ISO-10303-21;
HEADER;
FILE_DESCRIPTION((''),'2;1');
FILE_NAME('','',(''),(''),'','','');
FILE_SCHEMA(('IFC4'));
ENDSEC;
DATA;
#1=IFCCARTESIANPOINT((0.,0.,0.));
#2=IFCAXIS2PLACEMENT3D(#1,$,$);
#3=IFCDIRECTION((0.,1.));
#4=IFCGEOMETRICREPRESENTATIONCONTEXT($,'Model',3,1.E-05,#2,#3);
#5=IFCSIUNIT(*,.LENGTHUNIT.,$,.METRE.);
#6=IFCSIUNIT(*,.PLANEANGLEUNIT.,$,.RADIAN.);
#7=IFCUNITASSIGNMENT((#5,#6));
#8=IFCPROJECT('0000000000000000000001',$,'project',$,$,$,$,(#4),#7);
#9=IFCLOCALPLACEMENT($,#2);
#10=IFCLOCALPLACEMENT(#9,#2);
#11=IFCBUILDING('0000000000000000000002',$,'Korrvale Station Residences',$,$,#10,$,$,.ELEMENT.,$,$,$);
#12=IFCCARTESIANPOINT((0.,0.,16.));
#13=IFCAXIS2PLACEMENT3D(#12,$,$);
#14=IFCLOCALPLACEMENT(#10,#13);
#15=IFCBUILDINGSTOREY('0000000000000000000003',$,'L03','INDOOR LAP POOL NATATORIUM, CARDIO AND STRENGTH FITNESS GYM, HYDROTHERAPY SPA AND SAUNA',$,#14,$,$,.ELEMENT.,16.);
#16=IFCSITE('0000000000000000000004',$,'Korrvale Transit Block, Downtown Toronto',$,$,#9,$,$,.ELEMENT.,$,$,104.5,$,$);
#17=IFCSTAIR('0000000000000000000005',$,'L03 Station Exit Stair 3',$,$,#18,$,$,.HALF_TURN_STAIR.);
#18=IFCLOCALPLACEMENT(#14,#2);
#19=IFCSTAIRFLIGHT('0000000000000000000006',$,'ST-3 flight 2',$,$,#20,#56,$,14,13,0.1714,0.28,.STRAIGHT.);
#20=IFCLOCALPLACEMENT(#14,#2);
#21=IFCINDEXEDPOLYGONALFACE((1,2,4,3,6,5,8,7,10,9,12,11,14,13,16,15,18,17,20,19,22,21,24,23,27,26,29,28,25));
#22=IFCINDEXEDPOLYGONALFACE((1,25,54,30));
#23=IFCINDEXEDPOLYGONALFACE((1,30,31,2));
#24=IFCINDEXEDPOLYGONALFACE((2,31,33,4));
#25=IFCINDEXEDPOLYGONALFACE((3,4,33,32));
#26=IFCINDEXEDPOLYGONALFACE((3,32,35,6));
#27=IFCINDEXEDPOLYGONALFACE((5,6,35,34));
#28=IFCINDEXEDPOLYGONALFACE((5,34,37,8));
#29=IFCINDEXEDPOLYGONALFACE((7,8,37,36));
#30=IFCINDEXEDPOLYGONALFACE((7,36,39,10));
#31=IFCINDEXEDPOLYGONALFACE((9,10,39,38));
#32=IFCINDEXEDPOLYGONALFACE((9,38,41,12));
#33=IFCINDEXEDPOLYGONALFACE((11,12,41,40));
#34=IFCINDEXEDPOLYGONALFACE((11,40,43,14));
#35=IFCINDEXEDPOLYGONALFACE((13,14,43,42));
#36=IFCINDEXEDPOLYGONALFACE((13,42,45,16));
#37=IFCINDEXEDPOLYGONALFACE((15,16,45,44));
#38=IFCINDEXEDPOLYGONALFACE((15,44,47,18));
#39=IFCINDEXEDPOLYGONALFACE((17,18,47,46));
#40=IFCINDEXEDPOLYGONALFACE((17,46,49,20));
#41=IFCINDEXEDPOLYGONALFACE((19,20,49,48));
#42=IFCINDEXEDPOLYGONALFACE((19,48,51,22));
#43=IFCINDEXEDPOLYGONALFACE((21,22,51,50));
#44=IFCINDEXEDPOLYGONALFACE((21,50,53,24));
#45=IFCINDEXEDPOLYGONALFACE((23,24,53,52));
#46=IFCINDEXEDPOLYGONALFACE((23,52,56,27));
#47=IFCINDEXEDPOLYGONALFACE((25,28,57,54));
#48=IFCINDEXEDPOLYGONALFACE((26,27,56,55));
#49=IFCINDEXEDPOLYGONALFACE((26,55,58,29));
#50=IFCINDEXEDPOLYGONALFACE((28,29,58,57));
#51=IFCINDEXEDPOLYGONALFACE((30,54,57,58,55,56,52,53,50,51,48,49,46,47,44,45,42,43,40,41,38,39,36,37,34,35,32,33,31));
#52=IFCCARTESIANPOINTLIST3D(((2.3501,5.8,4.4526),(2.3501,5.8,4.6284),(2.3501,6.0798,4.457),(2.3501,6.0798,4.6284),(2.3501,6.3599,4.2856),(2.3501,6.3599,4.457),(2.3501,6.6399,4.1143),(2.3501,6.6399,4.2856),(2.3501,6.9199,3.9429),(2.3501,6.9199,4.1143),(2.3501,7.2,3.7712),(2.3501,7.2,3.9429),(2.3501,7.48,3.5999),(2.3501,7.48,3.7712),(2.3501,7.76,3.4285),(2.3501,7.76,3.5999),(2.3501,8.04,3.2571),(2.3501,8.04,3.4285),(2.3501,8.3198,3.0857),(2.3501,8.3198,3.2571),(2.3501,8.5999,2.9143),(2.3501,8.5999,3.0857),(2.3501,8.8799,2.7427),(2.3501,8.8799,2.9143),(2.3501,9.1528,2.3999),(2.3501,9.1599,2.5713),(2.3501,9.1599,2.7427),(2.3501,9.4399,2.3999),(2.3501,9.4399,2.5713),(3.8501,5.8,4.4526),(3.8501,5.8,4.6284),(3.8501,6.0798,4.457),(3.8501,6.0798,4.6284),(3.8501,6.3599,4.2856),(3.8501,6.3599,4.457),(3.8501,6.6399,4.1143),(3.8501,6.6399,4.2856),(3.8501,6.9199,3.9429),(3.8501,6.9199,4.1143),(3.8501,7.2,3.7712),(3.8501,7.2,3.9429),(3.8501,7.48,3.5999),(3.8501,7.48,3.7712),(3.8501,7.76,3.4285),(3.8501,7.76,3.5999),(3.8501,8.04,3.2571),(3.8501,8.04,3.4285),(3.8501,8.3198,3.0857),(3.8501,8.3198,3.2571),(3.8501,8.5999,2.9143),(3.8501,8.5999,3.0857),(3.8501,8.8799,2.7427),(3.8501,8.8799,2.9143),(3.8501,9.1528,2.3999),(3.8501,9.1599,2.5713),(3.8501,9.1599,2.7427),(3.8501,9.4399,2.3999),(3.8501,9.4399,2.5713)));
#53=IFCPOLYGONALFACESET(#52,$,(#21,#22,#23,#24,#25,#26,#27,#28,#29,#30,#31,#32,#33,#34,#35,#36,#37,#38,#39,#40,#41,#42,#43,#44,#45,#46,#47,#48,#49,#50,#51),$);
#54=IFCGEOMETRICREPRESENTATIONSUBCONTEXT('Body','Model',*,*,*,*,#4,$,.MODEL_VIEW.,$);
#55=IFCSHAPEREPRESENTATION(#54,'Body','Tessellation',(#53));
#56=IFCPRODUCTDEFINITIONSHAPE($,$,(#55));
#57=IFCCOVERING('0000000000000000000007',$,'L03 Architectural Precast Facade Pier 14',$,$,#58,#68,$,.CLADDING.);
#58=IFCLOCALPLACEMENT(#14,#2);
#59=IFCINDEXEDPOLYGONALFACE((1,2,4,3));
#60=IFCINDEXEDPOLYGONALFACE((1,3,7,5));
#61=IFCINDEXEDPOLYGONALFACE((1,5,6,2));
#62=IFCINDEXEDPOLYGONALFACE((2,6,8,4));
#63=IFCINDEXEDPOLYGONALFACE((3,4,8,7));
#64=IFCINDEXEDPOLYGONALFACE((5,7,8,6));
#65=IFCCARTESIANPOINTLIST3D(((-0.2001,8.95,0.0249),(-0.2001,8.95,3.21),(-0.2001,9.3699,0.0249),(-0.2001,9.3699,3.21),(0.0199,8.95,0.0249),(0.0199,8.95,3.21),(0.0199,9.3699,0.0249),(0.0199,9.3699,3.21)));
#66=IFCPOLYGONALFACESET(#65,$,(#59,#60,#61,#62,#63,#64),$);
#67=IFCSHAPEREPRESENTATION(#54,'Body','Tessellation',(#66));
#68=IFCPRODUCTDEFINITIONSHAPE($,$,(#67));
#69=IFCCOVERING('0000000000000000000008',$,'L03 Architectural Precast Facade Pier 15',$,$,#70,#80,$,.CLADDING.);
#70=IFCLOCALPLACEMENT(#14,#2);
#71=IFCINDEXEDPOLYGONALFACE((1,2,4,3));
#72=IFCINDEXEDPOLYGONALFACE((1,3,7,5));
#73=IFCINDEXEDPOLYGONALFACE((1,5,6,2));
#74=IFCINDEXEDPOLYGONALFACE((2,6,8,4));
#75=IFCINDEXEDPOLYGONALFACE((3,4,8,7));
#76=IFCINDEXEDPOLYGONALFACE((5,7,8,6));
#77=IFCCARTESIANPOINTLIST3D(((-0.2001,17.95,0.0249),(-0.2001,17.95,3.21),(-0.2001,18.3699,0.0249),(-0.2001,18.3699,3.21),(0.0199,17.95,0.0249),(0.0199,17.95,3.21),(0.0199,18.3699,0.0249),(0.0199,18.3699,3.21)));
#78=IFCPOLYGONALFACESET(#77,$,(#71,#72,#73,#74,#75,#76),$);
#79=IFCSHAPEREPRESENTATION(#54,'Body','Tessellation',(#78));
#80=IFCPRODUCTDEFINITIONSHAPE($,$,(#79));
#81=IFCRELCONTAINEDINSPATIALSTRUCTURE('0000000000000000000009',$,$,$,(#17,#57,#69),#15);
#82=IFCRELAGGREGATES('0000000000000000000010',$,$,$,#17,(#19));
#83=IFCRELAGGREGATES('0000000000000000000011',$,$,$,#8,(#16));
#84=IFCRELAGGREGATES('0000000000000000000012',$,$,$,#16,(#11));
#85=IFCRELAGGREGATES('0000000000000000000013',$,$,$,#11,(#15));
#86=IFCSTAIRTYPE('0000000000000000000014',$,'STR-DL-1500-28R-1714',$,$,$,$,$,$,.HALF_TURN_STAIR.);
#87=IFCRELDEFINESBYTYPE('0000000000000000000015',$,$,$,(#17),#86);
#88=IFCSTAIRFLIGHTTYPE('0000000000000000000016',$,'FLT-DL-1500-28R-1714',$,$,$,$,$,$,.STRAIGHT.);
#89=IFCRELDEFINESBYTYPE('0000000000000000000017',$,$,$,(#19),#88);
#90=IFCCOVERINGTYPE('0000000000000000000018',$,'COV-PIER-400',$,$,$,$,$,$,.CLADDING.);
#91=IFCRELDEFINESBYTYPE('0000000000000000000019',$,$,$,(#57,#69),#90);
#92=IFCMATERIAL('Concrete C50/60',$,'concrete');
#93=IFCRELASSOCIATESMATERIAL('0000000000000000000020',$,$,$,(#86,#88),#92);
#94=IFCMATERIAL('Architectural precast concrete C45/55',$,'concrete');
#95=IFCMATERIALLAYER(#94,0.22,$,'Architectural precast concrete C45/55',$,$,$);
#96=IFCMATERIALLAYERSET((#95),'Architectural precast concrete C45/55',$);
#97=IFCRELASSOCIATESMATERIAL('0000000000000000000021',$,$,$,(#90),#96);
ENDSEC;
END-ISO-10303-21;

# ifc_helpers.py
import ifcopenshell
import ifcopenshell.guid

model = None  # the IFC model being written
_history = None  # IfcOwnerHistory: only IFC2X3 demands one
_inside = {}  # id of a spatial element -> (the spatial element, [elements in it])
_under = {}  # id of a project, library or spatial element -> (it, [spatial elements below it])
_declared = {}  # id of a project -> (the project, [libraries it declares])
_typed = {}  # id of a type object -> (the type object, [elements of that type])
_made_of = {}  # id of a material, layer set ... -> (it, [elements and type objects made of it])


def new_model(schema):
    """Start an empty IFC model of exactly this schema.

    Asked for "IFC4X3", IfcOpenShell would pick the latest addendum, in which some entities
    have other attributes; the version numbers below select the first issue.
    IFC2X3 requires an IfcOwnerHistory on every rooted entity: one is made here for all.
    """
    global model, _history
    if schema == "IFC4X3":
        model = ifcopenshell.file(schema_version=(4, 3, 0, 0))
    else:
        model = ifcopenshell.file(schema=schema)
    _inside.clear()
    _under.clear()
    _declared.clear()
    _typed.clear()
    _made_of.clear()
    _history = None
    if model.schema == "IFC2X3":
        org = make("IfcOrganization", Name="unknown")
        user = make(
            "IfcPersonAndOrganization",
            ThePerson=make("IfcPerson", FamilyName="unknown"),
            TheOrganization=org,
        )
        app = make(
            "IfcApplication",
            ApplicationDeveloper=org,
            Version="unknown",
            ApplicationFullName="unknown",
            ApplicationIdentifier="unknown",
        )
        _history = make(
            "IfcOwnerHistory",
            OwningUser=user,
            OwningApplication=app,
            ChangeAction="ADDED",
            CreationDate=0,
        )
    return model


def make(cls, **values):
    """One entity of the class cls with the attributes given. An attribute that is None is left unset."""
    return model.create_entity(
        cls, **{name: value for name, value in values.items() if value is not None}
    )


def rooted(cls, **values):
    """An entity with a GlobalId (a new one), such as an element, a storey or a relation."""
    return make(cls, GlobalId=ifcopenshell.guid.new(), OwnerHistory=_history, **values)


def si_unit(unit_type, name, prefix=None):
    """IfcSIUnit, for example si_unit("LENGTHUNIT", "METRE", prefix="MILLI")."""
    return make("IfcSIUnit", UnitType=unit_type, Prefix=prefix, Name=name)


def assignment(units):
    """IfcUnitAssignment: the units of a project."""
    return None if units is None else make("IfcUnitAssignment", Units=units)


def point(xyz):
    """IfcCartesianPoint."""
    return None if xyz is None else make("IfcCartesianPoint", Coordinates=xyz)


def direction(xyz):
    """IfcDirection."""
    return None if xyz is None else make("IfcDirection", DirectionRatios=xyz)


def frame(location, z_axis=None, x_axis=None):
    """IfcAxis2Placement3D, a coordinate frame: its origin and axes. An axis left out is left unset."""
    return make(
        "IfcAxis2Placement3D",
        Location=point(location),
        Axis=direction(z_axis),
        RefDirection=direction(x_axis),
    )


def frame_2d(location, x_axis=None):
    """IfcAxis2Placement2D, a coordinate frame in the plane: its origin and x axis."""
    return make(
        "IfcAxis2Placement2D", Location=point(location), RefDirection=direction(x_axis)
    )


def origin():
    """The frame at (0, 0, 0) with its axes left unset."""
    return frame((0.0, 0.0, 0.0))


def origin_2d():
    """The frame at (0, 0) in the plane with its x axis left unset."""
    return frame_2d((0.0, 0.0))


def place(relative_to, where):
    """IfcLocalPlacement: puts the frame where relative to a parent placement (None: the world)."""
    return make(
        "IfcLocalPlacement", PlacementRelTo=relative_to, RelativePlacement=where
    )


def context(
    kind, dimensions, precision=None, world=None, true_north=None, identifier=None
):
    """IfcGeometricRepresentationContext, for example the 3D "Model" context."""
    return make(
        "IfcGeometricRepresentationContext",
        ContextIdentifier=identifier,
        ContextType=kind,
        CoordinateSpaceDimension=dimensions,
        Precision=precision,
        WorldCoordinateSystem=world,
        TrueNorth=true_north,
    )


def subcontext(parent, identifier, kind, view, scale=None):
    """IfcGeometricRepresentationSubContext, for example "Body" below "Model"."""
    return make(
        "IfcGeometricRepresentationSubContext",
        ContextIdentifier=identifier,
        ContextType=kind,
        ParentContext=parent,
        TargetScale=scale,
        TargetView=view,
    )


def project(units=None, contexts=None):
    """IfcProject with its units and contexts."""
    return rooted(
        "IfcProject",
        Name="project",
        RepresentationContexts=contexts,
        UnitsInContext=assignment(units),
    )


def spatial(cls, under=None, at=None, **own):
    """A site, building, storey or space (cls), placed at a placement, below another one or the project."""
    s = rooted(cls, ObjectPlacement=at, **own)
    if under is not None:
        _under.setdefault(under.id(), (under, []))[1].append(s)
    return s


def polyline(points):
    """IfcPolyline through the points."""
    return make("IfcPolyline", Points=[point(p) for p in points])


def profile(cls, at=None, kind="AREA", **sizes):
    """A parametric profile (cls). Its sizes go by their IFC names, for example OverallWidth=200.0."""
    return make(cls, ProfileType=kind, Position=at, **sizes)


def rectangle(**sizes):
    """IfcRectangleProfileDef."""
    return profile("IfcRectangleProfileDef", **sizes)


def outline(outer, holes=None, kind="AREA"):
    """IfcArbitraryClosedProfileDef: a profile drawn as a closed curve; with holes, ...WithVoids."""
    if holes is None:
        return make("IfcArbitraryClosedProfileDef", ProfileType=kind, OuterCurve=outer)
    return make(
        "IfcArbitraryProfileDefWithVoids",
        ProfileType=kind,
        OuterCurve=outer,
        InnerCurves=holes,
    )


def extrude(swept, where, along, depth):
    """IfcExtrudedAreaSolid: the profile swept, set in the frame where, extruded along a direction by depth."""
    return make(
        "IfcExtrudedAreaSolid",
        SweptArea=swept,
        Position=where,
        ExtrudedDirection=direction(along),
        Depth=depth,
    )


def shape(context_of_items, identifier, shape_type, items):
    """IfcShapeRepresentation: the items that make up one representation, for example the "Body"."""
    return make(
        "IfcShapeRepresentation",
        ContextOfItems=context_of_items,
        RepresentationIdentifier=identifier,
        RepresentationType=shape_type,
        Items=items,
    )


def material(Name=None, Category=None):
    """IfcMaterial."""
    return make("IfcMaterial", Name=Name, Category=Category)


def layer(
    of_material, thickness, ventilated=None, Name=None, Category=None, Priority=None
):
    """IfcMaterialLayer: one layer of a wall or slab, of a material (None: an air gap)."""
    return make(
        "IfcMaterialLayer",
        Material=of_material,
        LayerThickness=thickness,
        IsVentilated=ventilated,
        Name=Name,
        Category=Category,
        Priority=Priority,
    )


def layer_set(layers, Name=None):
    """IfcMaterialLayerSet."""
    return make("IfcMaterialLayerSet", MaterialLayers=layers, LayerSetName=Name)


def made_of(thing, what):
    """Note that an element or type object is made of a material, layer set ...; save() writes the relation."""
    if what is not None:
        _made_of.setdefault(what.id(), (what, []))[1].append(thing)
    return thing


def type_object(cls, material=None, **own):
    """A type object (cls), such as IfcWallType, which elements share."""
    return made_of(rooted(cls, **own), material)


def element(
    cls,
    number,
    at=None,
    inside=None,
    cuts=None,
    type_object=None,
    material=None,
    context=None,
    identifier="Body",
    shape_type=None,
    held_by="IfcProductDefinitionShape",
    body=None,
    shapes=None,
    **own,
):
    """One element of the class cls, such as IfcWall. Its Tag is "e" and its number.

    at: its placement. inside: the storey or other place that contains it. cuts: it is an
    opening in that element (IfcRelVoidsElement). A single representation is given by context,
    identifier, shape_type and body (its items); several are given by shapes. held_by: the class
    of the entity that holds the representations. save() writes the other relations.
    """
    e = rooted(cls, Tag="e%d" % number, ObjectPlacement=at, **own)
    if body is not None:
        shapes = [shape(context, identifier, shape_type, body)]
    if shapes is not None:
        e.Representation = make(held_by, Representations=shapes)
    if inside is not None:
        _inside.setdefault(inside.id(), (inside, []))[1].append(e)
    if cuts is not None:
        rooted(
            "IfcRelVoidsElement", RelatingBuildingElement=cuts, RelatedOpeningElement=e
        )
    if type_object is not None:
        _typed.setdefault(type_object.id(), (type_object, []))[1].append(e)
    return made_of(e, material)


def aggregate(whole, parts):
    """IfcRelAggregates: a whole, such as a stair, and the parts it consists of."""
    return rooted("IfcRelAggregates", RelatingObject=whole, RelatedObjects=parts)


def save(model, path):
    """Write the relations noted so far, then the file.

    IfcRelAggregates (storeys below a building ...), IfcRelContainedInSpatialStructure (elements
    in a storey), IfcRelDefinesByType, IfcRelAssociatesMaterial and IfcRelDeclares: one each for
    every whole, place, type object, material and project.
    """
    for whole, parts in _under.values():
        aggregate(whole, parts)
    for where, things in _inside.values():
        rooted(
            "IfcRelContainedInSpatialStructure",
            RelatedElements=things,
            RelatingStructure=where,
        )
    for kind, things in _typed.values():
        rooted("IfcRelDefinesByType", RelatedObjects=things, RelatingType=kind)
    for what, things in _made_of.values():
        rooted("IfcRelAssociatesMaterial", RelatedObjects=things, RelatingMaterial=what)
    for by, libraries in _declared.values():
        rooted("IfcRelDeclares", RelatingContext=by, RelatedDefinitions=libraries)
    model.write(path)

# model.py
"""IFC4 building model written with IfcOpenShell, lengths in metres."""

from ifc_helpers import new_model, si_unit, direction, frame, origin, origin_2d, place, context, subcontext, project, spatial, polyline, rectangle, outline, extrude, material, layer, layer_set, type_object, element, aggregate, save


model = new_model("IFC4")

# Units and contexts
model_context = context("Model", 3, precision=1e-05, world=origin(), true_north=direction((0.0, 1.0)))
body_context = subcontext(model_context, "Body", "Model", "MODEL_VIEW")
ifc_project = project(units=[si_unit("LENGTHUNIT", "METRE"), si_unit("PLANEANGLEUNIT", "RADIAN")], contexts=[model_context])

# Site, building, storey
site_placement = place(None, origin())
site = spatial("IfcSite", under=ifc_project, at=site_placement, Name="Korrvale Transit Block, Downtown Toronto", CompositionType="ELEMENT", RefElevation=104.5)
building_placement = place(site_placement, origin())
building = spatial("IfcBuilding", under=site, at=building_placement, Name="Korrvale Station Residences", CompositionType="ELEMENT")
storey_placement = place(building_placement, frame((0.0, 0.0, 16.0)))
storey = spatial("IfcBuildingStorey", under=building, at=storey_placement, Name="L03", Description="INDOOR LAP POOL NATATORIUM, CARDIO AND STRENGTH FITNESS GYM, HYDROTHERAPY SPA AND SAUNA", CompositionType="ELEMENT", Elevation=16.0)

# Stair, stair flight
ifc_material_1 = material(Name="Concrete C50/60", Category="concrete")
stair_type = type_object("IfcStairType", Name="STR-DL-1500-28R-1714", PredefinedType="HALF_TURN_STAIR", material=ifc_material_1)
stair_placement = place(storey_placement, origin())
stair = element("IfcStair", 1, at=stair_placement, inside=storey, type_object=stair_type, Name="L03 Station Exit Stair 3", PredefinedType="HALF_TURN_STAIR")
stair_flight_type = type_object("IfcStairFlightType", Name="FLT-DL-1500-28R-1714", PredefinedType="STRAIGHT", material=ifc_material_1)
stair_flight_1_placement = place(storey_placement, frame((3.1001, 9.4399, 2.3999), z_axis=(0.0, 0.0, 1.0), x_axis=(0.0, -1.0, 0.0)))
stair_flight_1 = element("IfcStairFlight", 2, at=stair_flight_1_placement, type_object=stair_flight_type, Name="ST-3 flight 2", NumberOfRisers=14, NumberOfTreads=13, PredefinedType="STRAIGHT", RiserHeight=0.1714, TreadLength=0.28, context=body_context, shape_type="SweptSolid", body=[
    extrude(outline(polyline([(0.0, 0.0), (0.0, 0.1714), (0.28, 0.1714), (0.28, 0.3428), (0.5601, 0.3428), (0.5601, 0.5144), (0.8401, 0.5144), (0.8401, 0.6858), (1.1201, 0.6858), (1.1201, 0.8572), (1.3999, 0.8572), (1.3999, 1.0286), (1.6799, 1.0286), (1.6799, 1.2), (1.96, 1.2), (1.96, 1.3713), (2.24, 1.3713), (2.24, 1.543), (2.52, 1.543), (2.52, 1.7144), (2.8, 1.7144), (2.8, 1.8857), (3.0801, 1.8857), (3.0801, 2.0571), (3.3601, 2.0571), (3.3601, 2.2285), (3.6399, 2.2285), (3.6399, 2.3999), (3.6399, 2.0527), (0.2871, 0.0), (0.0, 0.0)])), frame((0.0, 0.75, 0.0), z_axis=(0.0, -1.0, 0.0), x_axis=(1.0, 0.0, 0.0)), (0.0, 0.0, 1.0), 1.5),
])
aggregate(stair, [stair_flight_1])

# Coverings
ifc_material_2 = material(Name="Architectural precast concrete C45/55", Category="concrete")
ifc_layer_1 = layer(ifc_material_2, 0.22, Name="Architectural precast concrete C45/55")
ifc_layer_set_1 = layer_set([ifc_layer_1], Name="Architectural precast concrete C45/55")
covering_type = type_object("IfcCoveringType", Name="COV-PIER-400", PredefinedType="CLADDING", material=ifc_layer_set_1)
for number, where, z_axis, x_axis, name in (
    (3, (-0.0901, 9.1599, 0.0249), (0.0, 0.0, 1.0), (0.0, 1.0, 0.0), "L03 Architectural Precast Facade Pier 14"),
    (4, (-0.0901, 18.1599, 0.0249), (0.0, 0.0, 1.0), (0.0, 1.0, 0.0), "L03 Architectural Precast Facade Pier 15"),
):
    element("IfcCovering", number, at=place(storey_placement, frame(where, z_axis=z_axis, x_axis=x_axis)), inside=storey, type_object=covering_type, Name=name, PredefinedType="CLADDING", context=body_context, shape_type="SweptSolid", body=[
        extrude(rectangle(XDim=0.4199, YDim=0.22, at=origin_2d()), origin(), (0.0, 0.0, 1.0), 3.1851),
    ])

save(model, "model.ifc")
